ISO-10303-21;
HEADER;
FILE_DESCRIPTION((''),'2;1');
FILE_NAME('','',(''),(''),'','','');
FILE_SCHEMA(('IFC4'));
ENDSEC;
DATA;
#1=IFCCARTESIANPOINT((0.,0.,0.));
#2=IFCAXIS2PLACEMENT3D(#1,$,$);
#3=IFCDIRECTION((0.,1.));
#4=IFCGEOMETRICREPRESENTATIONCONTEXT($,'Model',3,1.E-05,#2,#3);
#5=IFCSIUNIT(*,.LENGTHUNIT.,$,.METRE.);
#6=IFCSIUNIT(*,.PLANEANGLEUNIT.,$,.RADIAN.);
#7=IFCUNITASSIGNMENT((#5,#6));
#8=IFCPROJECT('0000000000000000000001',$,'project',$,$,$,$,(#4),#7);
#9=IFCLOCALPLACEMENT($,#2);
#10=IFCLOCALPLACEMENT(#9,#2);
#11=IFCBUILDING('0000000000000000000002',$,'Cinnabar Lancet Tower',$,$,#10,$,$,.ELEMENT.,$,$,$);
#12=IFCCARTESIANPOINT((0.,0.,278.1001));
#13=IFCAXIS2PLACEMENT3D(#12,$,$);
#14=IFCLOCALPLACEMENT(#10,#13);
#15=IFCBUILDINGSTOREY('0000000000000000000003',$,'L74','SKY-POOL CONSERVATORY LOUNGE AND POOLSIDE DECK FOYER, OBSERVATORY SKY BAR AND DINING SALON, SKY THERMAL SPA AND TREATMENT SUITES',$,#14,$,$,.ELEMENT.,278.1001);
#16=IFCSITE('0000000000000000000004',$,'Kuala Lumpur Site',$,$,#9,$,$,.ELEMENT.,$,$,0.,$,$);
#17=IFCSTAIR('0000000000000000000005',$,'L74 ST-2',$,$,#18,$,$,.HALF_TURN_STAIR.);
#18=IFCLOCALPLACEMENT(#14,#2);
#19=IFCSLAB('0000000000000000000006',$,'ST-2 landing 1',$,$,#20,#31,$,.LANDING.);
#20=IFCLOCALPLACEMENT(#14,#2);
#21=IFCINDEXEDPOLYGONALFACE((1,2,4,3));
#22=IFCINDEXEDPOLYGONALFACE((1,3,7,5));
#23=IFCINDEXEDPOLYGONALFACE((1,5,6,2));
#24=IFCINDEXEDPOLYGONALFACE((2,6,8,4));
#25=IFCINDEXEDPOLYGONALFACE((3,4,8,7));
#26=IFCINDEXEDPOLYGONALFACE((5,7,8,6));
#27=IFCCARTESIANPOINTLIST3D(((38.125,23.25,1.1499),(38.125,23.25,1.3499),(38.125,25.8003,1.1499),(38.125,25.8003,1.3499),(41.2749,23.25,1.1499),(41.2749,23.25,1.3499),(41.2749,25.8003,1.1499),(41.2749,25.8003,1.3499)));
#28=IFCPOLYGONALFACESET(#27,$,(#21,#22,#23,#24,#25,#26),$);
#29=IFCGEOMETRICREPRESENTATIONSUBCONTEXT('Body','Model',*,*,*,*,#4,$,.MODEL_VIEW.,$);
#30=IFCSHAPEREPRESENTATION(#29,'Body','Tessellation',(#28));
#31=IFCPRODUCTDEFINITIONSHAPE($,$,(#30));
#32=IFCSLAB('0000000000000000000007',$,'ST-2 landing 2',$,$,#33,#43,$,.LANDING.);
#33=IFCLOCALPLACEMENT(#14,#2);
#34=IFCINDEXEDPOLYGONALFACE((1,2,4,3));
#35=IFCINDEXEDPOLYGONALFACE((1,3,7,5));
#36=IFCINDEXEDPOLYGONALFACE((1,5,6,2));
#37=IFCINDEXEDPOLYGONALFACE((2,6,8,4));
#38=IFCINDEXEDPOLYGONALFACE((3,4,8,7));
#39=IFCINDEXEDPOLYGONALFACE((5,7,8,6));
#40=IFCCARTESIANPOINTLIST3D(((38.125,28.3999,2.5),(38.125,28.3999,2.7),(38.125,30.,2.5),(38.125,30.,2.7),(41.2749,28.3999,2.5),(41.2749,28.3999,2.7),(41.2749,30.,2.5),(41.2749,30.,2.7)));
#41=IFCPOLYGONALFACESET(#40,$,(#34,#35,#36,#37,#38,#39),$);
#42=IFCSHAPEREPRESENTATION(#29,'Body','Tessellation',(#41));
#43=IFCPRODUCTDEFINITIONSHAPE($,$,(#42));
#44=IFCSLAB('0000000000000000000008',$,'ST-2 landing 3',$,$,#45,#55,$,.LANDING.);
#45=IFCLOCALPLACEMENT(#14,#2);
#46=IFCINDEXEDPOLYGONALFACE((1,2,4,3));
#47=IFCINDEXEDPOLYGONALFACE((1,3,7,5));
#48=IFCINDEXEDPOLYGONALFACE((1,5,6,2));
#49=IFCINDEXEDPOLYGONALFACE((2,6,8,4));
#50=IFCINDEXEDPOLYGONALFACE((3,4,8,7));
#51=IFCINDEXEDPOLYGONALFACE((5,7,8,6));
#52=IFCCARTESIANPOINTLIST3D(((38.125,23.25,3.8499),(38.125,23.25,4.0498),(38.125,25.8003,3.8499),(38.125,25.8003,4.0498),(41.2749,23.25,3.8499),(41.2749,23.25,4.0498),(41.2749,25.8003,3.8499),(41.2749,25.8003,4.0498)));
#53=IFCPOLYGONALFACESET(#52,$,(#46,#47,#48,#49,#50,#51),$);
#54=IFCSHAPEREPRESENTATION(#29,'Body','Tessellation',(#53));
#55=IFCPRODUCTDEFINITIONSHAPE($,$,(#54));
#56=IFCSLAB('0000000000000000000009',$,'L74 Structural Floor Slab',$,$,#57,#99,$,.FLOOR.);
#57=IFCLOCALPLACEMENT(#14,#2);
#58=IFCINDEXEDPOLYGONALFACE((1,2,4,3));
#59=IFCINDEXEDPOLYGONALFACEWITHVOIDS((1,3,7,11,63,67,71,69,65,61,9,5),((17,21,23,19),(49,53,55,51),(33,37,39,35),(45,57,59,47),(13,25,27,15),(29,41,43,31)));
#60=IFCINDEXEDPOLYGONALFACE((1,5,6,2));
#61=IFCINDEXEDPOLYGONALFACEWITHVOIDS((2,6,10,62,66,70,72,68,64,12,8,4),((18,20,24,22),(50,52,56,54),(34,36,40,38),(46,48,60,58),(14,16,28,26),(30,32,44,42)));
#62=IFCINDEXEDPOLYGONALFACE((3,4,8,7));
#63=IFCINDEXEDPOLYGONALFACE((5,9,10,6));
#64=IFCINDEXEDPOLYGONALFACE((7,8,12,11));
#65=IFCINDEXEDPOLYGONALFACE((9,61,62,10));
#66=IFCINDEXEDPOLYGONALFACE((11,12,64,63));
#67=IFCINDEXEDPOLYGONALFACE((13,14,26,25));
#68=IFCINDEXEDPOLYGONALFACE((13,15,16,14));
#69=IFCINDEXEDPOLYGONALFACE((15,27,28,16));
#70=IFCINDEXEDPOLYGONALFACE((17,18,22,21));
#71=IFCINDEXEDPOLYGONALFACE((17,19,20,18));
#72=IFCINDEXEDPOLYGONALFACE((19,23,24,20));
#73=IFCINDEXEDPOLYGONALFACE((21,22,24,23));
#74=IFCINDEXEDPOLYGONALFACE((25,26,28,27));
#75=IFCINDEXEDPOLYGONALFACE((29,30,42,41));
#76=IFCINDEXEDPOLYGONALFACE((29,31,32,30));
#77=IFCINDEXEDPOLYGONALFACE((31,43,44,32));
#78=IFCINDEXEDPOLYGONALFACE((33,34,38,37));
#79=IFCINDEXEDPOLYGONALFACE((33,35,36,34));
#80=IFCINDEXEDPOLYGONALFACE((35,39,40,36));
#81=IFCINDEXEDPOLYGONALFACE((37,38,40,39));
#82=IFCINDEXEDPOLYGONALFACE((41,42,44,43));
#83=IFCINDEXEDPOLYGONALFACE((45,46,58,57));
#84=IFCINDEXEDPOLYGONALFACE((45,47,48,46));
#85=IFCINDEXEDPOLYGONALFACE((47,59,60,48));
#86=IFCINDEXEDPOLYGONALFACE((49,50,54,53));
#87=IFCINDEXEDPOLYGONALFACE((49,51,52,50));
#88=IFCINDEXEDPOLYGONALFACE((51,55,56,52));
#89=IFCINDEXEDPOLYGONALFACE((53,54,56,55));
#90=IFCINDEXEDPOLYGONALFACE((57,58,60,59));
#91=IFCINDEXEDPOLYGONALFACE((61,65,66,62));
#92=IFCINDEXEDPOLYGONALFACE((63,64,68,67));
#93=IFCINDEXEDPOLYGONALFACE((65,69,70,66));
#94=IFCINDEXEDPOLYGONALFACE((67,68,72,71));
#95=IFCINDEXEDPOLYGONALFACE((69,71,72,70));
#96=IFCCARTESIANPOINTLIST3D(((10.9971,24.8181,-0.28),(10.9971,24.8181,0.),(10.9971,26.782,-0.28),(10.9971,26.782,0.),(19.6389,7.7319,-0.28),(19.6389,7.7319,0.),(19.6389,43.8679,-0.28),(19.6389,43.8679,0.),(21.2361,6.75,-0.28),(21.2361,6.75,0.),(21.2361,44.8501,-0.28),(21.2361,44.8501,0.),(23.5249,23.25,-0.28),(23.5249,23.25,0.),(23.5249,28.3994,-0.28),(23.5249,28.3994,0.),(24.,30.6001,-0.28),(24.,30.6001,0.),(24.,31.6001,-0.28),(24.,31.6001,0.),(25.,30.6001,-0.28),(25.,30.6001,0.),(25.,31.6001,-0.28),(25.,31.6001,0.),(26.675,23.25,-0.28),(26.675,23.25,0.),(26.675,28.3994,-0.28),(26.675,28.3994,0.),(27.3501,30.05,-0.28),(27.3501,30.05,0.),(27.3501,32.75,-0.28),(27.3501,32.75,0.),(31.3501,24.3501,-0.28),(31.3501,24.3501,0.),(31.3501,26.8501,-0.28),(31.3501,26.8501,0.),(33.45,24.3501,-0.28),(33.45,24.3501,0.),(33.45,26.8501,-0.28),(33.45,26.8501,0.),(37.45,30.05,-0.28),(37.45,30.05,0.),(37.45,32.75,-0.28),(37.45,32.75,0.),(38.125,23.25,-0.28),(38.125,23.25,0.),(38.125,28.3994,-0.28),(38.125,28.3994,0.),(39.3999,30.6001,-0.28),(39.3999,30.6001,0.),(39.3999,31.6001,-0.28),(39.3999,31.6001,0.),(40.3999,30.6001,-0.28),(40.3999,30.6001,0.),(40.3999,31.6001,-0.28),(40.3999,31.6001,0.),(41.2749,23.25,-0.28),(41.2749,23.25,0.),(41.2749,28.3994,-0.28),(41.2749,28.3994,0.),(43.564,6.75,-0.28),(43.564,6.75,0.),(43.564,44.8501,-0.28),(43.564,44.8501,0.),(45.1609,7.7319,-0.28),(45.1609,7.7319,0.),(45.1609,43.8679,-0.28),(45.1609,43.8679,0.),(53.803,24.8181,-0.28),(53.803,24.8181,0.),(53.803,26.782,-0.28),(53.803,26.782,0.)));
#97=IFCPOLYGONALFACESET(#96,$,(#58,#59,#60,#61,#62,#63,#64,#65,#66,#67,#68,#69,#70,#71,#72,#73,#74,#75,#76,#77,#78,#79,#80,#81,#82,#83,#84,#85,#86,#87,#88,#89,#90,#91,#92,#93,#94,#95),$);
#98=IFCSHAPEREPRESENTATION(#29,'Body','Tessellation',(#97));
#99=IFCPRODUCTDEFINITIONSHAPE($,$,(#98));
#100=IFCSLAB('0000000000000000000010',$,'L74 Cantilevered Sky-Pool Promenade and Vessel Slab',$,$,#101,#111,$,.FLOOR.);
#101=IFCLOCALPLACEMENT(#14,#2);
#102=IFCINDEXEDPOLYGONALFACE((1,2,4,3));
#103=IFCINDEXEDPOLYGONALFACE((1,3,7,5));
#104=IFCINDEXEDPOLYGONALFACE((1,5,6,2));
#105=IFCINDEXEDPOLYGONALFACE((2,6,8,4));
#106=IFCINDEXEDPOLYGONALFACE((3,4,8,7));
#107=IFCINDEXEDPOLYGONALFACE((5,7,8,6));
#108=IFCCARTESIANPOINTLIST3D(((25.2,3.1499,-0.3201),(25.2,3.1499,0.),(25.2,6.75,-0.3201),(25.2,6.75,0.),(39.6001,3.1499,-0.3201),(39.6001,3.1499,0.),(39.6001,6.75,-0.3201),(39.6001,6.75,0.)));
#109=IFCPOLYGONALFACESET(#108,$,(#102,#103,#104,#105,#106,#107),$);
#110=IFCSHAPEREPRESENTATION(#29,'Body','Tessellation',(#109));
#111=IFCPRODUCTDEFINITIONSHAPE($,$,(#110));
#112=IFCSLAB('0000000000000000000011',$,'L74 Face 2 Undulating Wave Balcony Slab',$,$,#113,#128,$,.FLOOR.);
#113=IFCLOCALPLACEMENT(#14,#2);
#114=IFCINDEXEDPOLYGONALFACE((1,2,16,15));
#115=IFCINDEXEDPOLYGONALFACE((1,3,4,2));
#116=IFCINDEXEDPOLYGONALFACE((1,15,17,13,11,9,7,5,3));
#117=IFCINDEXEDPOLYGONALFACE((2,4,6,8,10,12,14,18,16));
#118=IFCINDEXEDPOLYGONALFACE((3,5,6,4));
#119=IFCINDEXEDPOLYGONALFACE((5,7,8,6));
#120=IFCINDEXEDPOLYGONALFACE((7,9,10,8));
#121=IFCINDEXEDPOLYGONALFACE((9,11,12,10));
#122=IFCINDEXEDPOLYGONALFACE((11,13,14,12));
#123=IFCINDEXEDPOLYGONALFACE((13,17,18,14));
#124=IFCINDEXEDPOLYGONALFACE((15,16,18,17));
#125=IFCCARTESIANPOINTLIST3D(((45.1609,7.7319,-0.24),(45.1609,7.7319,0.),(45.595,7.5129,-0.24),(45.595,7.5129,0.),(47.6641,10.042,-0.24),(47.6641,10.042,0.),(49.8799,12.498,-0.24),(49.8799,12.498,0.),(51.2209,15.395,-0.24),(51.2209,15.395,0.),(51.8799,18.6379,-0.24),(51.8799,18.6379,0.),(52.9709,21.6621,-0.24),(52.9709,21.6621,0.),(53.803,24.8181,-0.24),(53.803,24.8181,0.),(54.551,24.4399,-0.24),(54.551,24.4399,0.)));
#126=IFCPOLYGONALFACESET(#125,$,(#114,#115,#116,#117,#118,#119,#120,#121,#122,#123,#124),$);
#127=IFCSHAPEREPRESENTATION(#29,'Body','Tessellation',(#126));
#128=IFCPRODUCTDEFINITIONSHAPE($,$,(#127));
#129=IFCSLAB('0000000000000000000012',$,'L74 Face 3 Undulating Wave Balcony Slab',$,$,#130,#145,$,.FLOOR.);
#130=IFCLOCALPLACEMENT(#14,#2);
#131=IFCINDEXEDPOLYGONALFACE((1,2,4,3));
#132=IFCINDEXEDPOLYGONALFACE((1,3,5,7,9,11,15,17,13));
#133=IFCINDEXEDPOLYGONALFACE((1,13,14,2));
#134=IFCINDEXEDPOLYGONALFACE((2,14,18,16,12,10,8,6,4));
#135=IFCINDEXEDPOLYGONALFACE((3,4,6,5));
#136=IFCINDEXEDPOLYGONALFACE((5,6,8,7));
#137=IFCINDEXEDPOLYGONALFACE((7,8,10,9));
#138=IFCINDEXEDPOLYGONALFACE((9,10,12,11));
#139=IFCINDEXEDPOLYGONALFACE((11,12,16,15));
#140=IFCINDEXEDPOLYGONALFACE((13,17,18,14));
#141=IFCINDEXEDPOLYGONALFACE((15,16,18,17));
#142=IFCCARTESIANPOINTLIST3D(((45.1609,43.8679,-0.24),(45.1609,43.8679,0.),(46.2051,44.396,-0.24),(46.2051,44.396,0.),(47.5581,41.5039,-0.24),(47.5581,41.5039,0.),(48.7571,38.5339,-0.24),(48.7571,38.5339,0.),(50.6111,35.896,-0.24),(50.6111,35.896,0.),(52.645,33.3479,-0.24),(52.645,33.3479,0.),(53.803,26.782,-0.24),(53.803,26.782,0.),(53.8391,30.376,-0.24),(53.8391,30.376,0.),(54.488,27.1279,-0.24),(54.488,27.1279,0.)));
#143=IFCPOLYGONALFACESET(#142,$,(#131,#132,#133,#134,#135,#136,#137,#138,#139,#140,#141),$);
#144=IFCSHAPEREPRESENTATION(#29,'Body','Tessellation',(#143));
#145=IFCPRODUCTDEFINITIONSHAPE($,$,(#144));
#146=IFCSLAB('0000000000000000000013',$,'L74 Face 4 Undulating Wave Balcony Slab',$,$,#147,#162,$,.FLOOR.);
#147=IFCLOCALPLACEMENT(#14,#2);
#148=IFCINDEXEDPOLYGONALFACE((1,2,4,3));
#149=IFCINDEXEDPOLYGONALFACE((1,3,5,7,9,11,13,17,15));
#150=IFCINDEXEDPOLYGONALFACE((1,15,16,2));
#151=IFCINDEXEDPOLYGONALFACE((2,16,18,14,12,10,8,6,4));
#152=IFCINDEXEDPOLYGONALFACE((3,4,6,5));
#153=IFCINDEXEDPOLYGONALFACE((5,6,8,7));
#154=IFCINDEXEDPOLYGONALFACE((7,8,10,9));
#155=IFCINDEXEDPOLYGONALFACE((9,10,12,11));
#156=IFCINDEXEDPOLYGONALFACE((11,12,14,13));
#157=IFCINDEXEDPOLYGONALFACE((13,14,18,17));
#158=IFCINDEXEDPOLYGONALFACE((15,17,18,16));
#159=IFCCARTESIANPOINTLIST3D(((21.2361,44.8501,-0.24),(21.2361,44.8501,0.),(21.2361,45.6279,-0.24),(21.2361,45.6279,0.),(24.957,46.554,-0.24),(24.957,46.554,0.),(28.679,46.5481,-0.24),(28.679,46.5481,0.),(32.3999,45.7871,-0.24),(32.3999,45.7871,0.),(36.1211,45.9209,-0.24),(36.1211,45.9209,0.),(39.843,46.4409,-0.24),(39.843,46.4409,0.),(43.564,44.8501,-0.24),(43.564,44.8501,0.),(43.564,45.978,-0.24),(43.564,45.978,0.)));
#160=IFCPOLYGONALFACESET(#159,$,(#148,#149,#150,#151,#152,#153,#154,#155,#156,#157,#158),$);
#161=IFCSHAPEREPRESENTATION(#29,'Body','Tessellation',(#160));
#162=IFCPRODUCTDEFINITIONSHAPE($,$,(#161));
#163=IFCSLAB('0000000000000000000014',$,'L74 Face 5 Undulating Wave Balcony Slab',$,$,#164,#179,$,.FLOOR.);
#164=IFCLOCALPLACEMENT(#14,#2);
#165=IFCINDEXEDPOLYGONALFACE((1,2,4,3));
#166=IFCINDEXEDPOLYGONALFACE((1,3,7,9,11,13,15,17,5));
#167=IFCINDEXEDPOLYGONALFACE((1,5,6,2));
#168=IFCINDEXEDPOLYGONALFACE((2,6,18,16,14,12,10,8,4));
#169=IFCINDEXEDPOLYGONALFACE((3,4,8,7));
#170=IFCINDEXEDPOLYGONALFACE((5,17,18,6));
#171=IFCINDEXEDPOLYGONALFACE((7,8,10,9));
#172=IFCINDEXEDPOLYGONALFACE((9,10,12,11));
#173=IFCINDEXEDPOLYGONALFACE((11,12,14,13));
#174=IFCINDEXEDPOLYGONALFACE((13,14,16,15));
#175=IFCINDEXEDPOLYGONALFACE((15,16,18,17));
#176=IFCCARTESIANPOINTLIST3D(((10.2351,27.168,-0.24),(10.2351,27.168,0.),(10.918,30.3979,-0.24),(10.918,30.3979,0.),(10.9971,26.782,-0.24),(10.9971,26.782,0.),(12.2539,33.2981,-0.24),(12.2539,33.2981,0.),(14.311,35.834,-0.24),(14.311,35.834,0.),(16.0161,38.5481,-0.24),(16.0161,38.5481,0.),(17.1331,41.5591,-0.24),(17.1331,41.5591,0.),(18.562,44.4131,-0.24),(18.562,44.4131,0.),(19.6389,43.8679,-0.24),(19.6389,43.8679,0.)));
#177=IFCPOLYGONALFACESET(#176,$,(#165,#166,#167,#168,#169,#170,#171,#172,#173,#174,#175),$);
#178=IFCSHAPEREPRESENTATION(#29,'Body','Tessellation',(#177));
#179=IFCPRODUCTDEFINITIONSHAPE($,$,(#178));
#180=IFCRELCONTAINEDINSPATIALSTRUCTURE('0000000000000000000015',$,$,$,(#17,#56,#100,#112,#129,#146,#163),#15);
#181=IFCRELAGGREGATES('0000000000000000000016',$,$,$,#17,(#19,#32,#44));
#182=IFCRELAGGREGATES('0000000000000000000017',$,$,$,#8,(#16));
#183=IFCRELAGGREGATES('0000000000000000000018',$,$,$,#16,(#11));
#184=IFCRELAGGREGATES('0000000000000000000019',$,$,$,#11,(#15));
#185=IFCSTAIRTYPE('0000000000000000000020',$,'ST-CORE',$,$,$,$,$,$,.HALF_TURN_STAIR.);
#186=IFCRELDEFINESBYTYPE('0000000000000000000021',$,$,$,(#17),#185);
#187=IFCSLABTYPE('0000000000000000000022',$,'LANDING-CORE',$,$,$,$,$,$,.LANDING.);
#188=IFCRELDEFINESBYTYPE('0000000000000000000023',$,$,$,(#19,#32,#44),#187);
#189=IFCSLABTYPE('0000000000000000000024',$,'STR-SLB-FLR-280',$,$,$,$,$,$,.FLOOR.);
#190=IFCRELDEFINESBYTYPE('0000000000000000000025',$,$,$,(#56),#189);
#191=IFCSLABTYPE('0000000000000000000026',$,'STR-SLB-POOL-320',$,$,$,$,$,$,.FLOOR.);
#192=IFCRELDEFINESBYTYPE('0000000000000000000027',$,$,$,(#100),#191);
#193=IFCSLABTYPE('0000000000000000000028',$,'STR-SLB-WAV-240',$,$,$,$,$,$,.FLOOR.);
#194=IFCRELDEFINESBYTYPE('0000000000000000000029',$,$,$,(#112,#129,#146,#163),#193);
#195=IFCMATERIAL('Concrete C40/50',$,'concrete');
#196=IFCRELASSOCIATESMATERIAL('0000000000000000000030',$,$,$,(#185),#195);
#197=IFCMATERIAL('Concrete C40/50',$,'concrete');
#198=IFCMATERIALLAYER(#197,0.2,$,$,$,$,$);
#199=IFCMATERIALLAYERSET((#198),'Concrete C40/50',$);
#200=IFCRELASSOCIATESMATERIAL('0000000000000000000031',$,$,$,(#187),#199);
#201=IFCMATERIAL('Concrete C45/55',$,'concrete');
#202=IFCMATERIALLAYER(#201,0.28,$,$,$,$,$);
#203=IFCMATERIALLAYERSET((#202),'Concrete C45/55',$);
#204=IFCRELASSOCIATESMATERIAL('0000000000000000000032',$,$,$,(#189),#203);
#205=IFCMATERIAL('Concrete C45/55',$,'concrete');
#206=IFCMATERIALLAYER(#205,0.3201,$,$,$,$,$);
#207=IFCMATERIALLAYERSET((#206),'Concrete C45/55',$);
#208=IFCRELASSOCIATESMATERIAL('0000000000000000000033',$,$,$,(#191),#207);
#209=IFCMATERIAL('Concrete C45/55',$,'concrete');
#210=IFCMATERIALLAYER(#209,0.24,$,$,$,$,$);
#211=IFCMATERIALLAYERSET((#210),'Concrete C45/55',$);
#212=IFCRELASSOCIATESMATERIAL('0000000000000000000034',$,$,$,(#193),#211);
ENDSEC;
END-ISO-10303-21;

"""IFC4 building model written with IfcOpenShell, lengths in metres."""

from ifc_helpers import new_model, si_unit, direction, frame, origin, place, context, subcontext, project, spatial, polyline, outline, extrude, material, layer, layer_set, type_object, element, aggregate, save


model = new_model("IFC4")

# Units and contexts
model_context = context("Model", 3, precision=1e-05, world=origin(), true_north=direction((0.0, 1.0)))
body_context = subcontext(model_context, "Body", "Model", "MODEL_VIEW")
ifc_project = project(units=[si_unit("LENGTHUNIT", "METRE"), si_unit("PLANEANGLEUNIT", "RADIAN")], contexts=[model_context])

# Site, building, storey
site_placement = place(None, origin())
site = spatial("IfcSite", under=ifc_project, at=site_placement, Name="Kuala Lumpur Site", CompositionType="ELEMENT", RefElevation=0.0)
building_placement = place(site_placement, origin())
building = spatial("IfcBuilding", under=site, at=building_placement, Name="Cinnabar Lancet Tower", CompositionType="ELEMENT")
storey_placement = place(building_placement, frame((0.0, 0.0, 278.1001)))
storey = spatial("IfcBuildingStorey", under=building, at=storey_placement, Name="L74", Description="SKY-POOL CONSERVATORY LOUNGE AND POOLSIDE DECK FOYER, OBSERVATORY SKY BAR AND DINING SALON, SKY THERMAL SPA AND TREATMENT SUITES", CompositionType="ELEMENT", Elevation=278.1001)

# Stair, slabs
ifc_material_1 = material(Name="Concrete C40/50", Category="concrete")
stair_type = type_object("IfcStairType", Name="ST-CORE", PredefinedType="HALF_TURN_STAIR", material=ifc_material_1)
ifc_material_2 = material(Name="Concrete C40/50", Category="concrete")
ifc_layer_1 = layer(ifc_material_2, 0.2)
ifc_layer_set_1 = layer_set([ifc_layer_1], Name="Concrete C40/50")
slab_type_1 = type_object("IfcSlabType", Name="LANDING-CORE", PredefinedType="LANDING", material=ifc_layer_set_1)
stair_1_placement = place(storey_placement, origin())
stair_1 = element("IfcStair", 1, at=stair_1_placement, inside=storey, type_object=stair_type, Name="L74 ST-2", PredefinedType="HALF_TURN_STAIR")
slab_1_placement = place(storey_placement, frame((0.0, 0.0, 1.1499)))
slab_1 = element("IfcSlab", 2, at=slab_1_placement, type_object=slab_type_1, Name="ST-2 landing 1", PredefinedType="LANDING", context=body_context, shape_type="SweptSolid", body=[
    extrude(outline(polyline([(38.125, 25.8003), (38.125, 23.25), (41.2749, 23.25), (41.2749, 25.8003), (38.125, 25.8003)])), origin(), (0.0, 0.0, 1.0), 0.2),
])
slab_2_placement = place(storey_placement, frame((0.0, 0.0, 2.5)))
slab_2 = element("IfcSlab", 3, at=slab_2_placement, type_object=slab_type_1, Name="ST-2 landing 2", PredefinedType="LANDING", context=body_context, shape_type="SweptSolid", body=[
    extrude(outline(polyline([(38.125, 30.0), (38.125, 28.3999), (41.2749, 28.3999), (41.2749, 30.0), (38.125, 30.0)])), origin(), (0.0, 0.0, 1.0), 0.2),
])
slab_3_placement = place(storey_placement, frame((0.0, 0.0, 3.8499)))
slab_3 = element("IfcSlab", 4, at=slab_3_placement, type_object=slab_type_1, Name="ST-2 landing 3", PredefinedType="LANDING", context=body_context, shape_type="SweptSolid", body=[
    extrude(outline(polyline([(38.125, 25.8003), (38.125, 23.25), (41.2749, 23.25), (41.2749, 25.8003), (38.125, 25.8003)])), origin(), (0.0, 0.0, 1.0), 0.2),
])
aggregate(stair_1, [slab_1, slab_2, slab_3])

# Slabs
ifc_material_3 = material(Name="Concrete C45/55", Category="concrete")
ifc_layer_2 = layer(ifc_material_3, 0.28)
ifc_layer_set_2 = layer_set([ifc_layer_2], Name="Concrete C45/55")
slab_type_2 = type_object("IfcSlabType", Name="STR-SLB-FLR-280", PredefinedType="FLOOR", material=ifc_layer_set_2)
slab_4_placement = place(storey_placement, frame((0.0, 0.0, -0.28)))
element("IfcSlab", 5, at=slab_4_placement, inside=storey, type_object=slab_type_2, Name="L74 Structural Floor Slab", PredefinedType="FLOOR", context=body_context, shape_type="SweptSolid", body=[
    extrude(outline(polyline([(19.6389, 7.7319), (21.2361, 6.75), (43.564, 6.75), (45.1609, 7.7319), (53.803, 24.8181), (53.803, 26.782), (45.1609, 43.8679), (43.564, 44.8501), (21.2361, 44.8501), (19.6389, 43.8679), (10.9971, 26.782), (10.9971, 24.8181), (19.6389, 7.7319)]), holes=[polyline([(23.5249, 23.25), (26.675, 23.25), (26.675, 28.3994), (23.5249, 28.3994), (23.5249, 23.25)]), polyline([(38.125, 23.25), (41.2749, 23.25), (41.2749, 28.3994), (38.125, 28.3994), (38.125, 23.25)]), polyline([(27.3501, 30.05), (37.45, 30.05), (37.45, 32.75), (27.3501, 32.75), (27.3501, 30.05)]), polyline([(31.3501, 24.3501), (33.45, 24.3501), (33.45, 26.8501), (31.3501, 26.8501), (31.3501, 24.3501)]), polyline([(24.0, 30.6001), (25.0, 30.6001), (25.0, 31.6001), (24.0, 31.6001), (24.0, 30.6001)]), polyline([(39.3999, 30.6001), (40.3999, 30.6001), (40.3999, 31.6001), (39.3999, 31.6001), (39.3999, 30.6001)])]), origin(), (0.0, 0.0, 1.0), 0.28),
])
ifc_material_4 = material(Name="Concrete C45/55", Category="concrete")
ifc_layer_3 = layer(ifc_material_4, 0.3201)
ifc_layer_set_3 = layer_set([ifc_layer_3], Name="Concrete C45/55")
slab_type_3 = type_object("IfcSlabType", Name="STR-SLB-POOL-320", PredefinedType="FLOOR", material=ifc_layer_set_3)
slab_5_placement = place(storey_placement, frame((0.0, 0.0, -0.3201)))
element("IfcSlab", 6, at=slab_5_placement, inside=storey, type_object=slab_type_3, Name="L74 Cantilevered Sky-Pool Promenade and Vessel Slab", PredefinedType="FLOOR", context=body_context, shape_type="SweptSolid", body=[
    extrude(outline(polyline([(25.2, 3.1499), (39.6001, 3.1499), (39.6001, 6.75), (25.2, 6.75), (25.2, 3.1499)])), origin(), (0.0, 0.0, 1.0), 0.3201),
])
ifc_material_5 = material(Name="Concrete C45/55", Category="concrete")
ifc_layer_4 = layer(ifc_material_5, 0.24)
ifc_layer_set_4 = layer_set([ifc_layer_4], Name="Concrete C45/55")
slab_type_4 = type_object("IfcSlabType", Name="STR-SLB-WAV-240", PredefinedType="FLOOR", material=ifc_layer_set_4)
slab_6_placement = place(storey_placement, frame((0.0, 0.0, -0.24)))
element("IfcSlab", 7, at=slab_6_placement, inside=storey, type_object=slab_type_4, Name="L74 Face 2 Undulating Wave Balcony Slab", PredefinedType="FLOOR", context=body_context, shape_type="SweptSolid", body=[
    extrude(outline(polyline([(45.1609, 7.7319), (45.595, 7.5129), (47.6641, 10.042), (49.8799, 12.498), (51.2209, 15.395), (51.8799, 18.6379), (52.9709, 21.6621), (54.551, 24.4399), (53.803, 24.8181), (45.1609, 7.7319)])), origin(), (0.0, 0.0, 1.0), 0.24),
])
slab_7_placement = place(storey_placement, frame((0.0, 0.0, -0.24)))
element("IfcSlab", 8, at=slab_7_placement, inside=storey, type_object=slab_type_4, Name="L74 Face 3 Undulating Wave Balcony Slab", PredefinedType="FLOOR", context=body_context, shape_type="SweptSolid", body=[
    extrude(outline(polyline([(53.803, 26.782), (54.488, 27.1279), (53.8391, 30.376), (52.645, 33.3479), (50.6111, 35.896), (48.7571, 38.5339), (47.5581, 41.5039), (46.2051, 44.396), (45.1609, 43.8679), (53.803, 26.782)])), origin(), (0.0, 0.0, 1.0), 0.24),
])
slab_8_placement = place(storey_placement, frame((0.0, 0.0, -0.24)))
element("IfcSlab", 9, at=slab_8_placement, inside=storey, type_object=slab_type_4, Name="L74 Face 4 Undulating Wave Balcony Slab", PredefinedType="FLOOR", context=body_context, shape_type="SweptSolid", body=[
    extrude(outline(polyline([(43.564, 44.8501), (43.564, 45.978), (39.843, 46.4409), (36.1211, 45.9209), (32.3999, 45.7871), (28.679, 46.5481), (24.957, 46.554), (21.2361, 45.6279), (21.2361, 44.8501), (43.564, 44.8501)])), origin(), (0.0, 0.0, 1.0), 0.24),
])
slab_9_placement = place(storey_placement, frame((0.0, 0.0, -0.24)))
element("IfcSlab", 10, at=slab_9_placement, inside=storey, type_object=slab_type_4, Name="L74 Face 5 Undulating Wave Balcony Slab", PredefinedType="FLOOR", context=body_context, shape_type="SweptSolid", body=[
    extrude(outline(polyline([(19.6389, 43.8679), (18.562, 44.4131), (17.1331, 41.5591), (16.0161, 38.5481), (14.311, 35.834), (12.2539, 33.2981), (10.918, 30.3979), (10.2351, 27.168), (10.9971, 26.782), (19.6389, 43.8679)])), origin(), (0.0, 0.0, 1.0), 0.24),
])

save(model, "model.ifc")
